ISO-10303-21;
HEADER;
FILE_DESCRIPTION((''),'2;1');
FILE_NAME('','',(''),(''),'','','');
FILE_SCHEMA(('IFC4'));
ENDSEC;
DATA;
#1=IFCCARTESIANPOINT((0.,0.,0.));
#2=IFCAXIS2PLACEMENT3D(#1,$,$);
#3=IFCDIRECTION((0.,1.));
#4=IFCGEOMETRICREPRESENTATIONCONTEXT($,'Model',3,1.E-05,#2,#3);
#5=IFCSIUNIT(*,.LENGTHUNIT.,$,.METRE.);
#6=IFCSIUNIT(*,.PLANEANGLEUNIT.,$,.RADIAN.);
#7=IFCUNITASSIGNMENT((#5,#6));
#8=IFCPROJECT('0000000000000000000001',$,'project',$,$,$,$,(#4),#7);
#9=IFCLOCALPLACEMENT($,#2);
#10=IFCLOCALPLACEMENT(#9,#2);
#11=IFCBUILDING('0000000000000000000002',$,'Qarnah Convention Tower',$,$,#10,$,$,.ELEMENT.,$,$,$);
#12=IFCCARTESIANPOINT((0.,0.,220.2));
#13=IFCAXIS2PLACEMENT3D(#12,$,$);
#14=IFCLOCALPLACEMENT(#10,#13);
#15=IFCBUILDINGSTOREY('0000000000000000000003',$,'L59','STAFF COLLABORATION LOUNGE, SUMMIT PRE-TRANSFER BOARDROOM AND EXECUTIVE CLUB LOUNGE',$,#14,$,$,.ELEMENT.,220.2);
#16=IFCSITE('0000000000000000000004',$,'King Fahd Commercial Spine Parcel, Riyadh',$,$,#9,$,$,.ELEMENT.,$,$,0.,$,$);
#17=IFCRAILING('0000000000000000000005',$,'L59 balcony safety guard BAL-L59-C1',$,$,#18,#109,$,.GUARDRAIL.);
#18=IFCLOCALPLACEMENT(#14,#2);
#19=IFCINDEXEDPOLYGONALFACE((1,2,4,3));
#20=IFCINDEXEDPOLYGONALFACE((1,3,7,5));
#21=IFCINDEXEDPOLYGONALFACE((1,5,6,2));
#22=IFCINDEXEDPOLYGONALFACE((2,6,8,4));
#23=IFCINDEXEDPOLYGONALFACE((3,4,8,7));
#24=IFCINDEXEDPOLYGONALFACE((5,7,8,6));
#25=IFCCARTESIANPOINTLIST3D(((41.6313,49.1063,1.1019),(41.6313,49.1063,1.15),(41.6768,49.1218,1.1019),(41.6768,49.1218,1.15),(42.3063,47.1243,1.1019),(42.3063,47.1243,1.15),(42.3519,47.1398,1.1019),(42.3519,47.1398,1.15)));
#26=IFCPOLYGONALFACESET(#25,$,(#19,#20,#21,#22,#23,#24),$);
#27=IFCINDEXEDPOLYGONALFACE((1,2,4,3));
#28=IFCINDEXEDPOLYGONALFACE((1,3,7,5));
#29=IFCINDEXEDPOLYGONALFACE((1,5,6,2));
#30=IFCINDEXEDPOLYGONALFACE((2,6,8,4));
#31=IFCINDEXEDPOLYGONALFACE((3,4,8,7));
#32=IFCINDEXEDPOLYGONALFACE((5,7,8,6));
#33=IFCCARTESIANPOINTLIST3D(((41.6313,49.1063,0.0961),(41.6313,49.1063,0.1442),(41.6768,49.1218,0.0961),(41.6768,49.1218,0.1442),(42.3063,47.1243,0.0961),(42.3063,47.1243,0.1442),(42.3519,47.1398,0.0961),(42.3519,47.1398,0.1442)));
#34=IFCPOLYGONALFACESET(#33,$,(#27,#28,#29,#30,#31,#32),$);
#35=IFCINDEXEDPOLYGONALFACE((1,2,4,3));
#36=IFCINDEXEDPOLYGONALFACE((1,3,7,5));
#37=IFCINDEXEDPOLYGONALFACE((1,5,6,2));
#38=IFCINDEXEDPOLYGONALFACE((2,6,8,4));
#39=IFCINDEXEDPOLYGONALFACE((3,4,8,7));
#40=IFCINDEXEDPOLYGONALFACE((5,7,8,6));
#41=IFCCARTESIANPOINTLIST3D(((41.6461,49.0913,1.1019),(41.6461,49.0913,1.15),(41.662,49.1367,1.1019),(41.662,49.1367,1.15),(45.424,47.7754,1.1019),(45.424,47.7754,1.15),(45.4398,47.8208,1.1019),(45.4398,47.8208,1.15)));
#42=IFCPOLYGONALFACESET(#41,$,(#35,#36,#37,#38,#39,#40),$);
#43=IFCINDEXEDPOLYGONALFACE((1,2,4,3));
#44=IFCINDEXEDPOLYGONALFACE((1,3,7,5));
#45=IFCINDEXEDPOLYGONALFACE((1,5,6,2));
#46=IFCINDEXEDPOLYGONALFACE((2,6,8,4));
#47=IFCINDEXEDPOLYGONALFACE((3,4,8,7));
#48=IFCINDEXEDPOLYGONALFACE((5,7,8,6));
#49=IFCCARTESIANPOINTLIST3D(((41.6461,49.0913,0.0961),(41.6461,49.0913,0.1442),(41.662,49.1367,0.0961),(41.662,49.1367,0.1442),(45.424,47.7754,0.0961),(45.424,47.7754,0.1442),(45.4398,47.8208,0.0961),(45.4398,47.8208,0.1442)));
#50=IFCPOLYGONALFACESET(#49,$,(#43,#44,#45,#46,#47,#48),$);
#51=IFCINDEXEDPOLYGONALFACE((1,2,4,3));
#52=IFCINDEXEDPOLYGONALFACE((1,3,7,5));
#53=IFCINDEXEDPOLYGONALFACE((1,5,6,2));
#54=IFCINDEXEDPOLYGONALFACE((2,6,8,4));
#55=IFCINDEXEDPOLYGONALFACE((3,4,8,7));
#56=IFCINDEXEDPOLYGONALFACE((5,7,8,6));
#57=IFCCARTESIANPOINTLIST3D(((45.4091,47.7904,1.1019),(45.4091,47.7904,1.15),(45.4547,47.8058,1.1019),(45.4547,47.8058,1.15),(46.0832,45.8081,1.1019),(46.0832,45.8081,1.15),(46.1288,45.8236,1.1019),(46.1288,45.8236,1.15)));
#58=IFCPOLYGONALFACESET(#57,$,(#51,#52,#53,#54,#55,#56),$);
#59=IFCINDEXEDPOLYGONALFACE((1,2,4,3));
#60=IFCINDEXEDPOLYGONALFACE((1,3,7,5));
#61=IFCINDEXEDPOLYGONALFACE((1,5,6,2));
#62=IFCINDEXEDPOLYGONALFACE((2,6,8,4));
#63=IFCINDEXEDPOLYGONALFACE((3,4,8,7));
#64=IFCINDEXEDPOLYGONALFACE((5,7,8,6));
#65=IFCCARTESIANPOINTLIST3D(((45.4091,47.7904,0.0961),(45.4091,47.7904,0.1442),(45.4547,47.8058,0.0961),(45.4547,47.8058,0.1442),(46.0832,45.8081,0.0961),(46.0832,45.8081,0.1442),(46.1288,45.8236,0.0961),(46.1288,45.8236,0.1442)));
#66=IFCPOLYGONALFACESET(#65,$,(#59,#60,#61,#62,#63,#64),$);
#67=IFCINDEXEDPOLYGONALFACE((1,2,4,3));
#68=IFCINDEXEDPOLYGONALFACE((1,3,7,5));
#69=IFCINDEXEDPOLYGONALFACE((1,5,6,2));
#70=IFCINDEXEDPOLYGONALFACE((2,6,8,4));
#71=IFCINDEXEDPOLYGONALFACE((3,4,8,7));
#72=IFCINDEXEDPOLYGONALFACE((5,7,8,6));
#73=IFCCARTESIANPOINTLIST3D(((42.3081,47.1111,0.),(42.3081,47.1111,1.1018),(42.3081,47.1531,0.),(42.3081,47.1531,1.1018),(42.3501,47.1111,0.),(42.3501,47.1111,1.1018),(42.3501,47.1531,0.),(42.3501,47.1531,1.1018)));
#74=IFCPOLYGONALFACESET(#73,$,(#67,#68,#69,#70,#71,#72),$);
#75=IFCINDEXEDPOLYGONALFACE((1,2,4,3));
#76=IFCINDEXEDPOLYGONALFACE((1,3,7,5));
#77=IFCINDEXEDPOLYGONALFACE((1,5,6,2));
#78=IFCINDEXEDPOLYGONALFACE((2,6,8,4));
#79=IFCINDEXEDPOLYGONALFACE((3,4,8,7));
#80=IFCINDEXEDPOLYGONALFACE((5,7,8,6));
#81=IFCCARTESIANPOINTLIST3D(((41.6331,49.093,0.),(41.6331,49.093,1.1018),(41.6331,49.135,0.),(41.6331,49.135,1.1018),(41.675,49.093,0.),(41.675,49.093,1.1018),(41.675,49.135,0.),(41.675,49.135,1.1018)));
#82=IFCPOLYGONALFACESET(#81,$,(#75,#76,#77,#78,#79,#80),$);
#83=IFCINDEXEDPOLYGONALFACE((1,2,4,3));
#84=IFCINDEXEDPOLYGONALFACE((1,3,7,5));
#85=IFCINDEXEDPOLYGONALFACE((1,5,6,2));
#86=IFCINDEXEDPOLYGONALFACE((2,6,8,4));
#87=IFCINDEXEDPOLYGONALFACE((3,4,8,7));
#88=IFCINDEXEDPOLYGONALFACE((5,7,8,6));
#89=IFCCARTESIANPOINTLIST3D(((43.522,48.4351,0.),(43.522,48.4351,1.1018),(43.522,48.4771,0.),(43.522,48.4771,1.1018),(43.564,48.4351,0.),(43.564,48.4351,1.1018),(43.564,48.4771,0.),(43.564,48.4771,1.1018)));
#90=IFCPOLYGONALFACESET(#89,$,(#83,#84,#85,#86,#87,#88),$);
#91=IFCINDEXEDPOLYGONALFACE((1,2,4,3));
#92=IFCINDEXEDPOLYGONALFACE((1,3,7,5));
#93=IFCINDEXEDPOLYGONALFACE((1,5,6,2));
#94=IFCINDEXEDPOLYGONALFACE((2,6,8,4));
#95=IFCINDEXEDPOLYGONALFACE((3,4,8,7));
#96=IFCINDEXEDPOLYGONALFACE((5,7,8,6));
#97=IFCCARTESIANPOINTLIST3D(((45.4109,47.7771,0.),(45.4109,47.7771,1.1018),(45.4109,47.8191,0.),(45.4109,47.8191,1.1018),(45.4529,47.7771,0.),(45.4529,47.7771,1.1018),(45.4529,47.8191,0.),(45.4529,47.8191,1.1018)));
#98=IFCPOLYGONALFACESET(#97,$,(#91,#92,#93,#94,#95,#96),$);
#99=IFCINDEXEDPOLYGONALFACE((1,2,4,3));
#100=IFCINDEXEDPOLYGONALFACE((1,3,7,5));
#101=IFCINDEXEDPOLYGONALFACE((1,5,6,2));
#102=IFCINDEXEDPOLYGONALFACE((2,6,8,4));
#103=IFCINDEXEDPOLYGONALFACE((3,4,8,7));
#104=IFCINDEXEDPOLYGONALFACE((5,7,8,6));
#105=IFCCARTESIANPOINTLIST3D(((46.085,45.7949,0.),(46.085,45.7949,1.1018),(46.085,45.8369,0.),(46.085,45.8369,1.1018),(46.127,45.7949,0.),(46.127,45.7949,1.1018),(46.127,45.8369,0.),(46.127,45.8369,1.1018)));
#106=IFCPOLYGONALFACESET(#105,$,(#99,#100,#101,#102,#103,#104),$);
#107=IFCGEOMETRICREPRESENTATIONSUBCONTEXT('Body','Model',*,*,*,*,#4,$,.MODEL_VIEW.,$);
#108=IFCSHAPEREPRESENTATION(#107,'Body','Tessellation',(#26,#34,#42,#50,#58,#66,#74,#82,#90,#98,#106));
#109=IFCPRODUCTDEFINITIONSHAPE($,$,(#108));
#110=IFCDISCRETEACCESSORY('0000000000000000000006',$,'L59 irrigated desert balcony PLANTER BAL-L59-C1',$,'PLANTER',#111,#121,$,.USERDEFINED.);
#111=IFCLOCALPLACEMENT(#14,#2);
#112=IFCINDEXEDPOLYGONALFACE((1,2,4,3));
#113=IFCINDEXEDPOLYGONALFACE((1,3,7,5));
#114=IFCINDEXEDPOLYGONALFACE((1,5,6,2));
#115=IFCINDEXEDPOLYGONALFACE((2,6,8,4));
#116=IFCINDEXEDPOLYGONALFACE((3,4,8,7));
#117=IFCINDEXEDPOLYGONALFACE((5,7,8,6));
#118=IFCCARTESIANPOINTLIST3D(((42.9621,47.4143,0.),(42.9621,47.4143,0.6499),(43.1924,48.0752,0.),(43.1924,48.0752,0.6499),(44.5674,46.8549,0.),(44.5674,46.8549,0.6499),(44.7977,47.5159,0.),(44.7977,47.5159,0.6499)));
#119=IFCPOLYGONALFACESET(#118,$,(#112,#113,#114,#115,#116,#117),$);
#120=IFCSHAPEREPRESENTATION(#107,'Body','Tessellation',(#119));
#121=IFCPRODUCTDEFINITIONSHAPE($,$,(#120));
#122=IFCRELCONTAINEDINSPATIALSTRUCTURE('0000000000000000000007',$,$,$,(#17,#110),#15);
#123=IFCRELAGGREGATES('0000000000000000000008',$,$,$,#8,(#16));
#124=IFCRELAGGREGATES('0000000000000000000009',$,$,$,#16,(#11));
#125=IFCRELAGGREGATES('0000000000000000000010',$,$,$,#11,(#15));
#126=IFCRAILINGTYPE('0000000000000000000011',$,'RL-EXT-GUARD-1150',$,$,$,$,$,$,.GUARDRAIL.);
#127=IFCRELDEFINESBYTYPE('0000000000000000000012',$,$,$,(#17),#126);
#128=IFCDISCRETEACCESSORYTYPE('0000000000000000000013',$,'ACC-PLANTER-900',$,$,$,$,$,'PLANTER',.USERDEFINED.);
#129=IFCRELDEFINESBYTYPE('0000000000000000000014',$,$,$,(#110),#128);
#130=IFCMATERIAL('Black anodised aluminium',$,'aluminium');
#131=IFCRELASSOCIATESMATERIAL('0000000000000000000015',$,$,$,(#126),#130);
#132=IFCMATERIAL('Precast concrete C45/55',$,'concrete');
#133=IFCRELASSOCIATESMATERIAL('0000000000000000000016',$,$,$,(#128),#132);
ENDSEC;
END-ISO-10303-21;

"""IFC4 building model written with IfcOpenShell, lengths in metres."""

from ifc_helpers import new_model, si_unit, direction, frame, origin, origin_2d, place, context, subcontext, project, spatial, rectangle, extrude, material, type_object, element, save


model = new_model("IFC4")

# Units and contexts
model_context = context("Model", 3, precision=1e-05, world=origin(), true_north=direction((0.0, 1.0)))
body_context = subcontext(model_context, "Body", "Model", "MODEL_VIEW")
ifc_project = project(units=[si_unit("LENGTHUNIT", "METRE"), si_unit("PLANEANGLEUNIT", "RADIAN")], contexts=[model_context])

# Site, building, storey
site_placement = place(None, origin())
site = spatial("IfcSite", under=ifc_project, at=site_placement, Name="King Fahd Commercial Spine Parcel, Riyadh", CompositionType="ELEMENT", RefElevation=0.0)
building_placement = place(site_placement, origin())
building = spatial("IfcBuilding", under=site, at=building_placement, Name="Qarnah Convention Tower", CompositionType="ELEMENT")
storey_placement = place(building_placement, frame((0.0, 0.0, 220.2)))
storey = spatial("IfcBuildingStorey", under=building, at=storey_placement, Name="L59", Description="STAFF COLLABORATION LOUNGE, SUMMIT PRE-TRANSFER BOARDROOM AND EXECUTIVE CLUB LOUNGE", CompositionType="ELEMENT", Elevation=220.2)

# Shared definitions
ifc_material_1 = material(Name="Black anodised aluminium", Category="aluminium")

# Shared definitions
ifc_material_2 = material(Name="Precast concrete C45/55", Category="concrete")

# Railing
railing_type = type_object("IfcRailingType", Name="RL-EXT-GUARD-1150", PredefinedType="GUARDRAIL", material=ifc_material_1)
railing_1_placement = place(storey_placement, frame((42.3291, 47.1321, 0.0)))
element("IfcRailing", 1, at=railing_1_placement, inside=storey, type_object=railing_type, Name="L59 balcony safety guard BAL-L59-C1", PredefinedType="GUARDRAIL", context=body_context, shape_type="SweptSolid", body=[
    extrude(rectangle(XDim=0.0481, YDim=0.0481, at=origin_2d()), frame((0.0, 0.0, 1.126), z_axis=(-0.322413, 0.946599, 0.0), x_axis=(-0.946599, -0.322413, 0.0)), (0.0, 0.0, 1.0), 2.0938),
    extrude(rectangle(XDim=0.0481, YDim=0.0481, at=origin_2d()), frame((0.0, 0.0, 0.1201), z_axis=(-0.322413, 0.946599, 0.0), x_axis=(-0.946599, -0.322413, 0.0)), (0.0, 0.0, 1.0), 2.0938),
    extrude(rectangle(XDim=0.0481, YDim=0.0481, at=origin_2d()), frame((-0.675, 1.9819, 1.126), z_axis=(0.94435, -0.328942, 0.0), x_axis=(0.328942, 0.94435, 0.0)), (0.0, 0.0, 1.0), 4.0005),
    extrude(rectangle(XDim=0.0481, YDim=0.0481, at=origin_2d()), frame((-0.675, 1.9819, 0.1201), z_axis=(0.94435, -0.328942, 0.0), x_axis=(0.328942, 0.94435, 0.0)), (0.0, 0.0, 1.0), 4.0005),
    extrude(rectangle(XDim=0.0481, YDim=0.0481, at=origin_2d()), frame((3.1028, 0.666, 1.126), z_axis=(0.321959, -0.946754, 0.0), x_axis=(0.946754, 0.321959, 0.0)), (0.0, 0.0, 1.0), 2.0938),
    extrude(rectangle(XDim=0.0481, YDim=0.0481, at=origin_2d()), frame((3.1028, 0.666, 0.1201), z_axis=(0.321959, -0.946754, 0.0), x_axis=(0.946754, 0.321959, 0.0)), (0.0, 0.0, 1.0), 2.0938),
    extrude(rectangle(XDim=0.042, YDim=0.042, at=origin_2d()), origin(), (0.0, 0.0, 1.0), 1.1018),
    extrude(rectangle(XDim=0.042, YDim=0.042, at=origin_2d()), frame((-0.675, 1.9819, 0.0)), (0.0, 0.0, 1.0), 1.1018),
    extrude(rectangle(XDim=0.042, YDim=0.042, at=origin_2d()), frame((1.2139, 1.324, 0.0)), (0.0, 0.0, 1.0), 1.1018),
    extrude(rectangle(XDim=0.042, YDim=0.042, at=origin_2d()), frame((3.1028, 0.666, 0.0)), (0.0, 0.0, 1.0), 1.1018),
    extrude(rectangle(XDim=0.042, YDim=0.042, at=origin_2d()), frame((3.7769, -1.3162, 0.0)), (0.0, 0.0, 1.0), 1.1018),
])

# Discrete accessory
discrete_accessory_type = type_object("IfcDiscreteAccessoryType", Name="ACC-PLANTER-900", ElementType="PLANTER", PredefinedType="USERDEFINED", material=ifc_material_2)
discrete_accessory_placement = place(storey_placement, frame((43.8799, 47.4651, 0.0), z_axis=(0.0, 0.0, 1.0), x_axis=(-0.944319, 0.329031, 0.0)))
element("IfcDiscreteAccessory", 2, at=discrete_accessory_placement, inside=storey, type_object=discrete_accessory_type, Name="L59 irrigated desert balcony PLANTER BAL-L59-C1", ObjectType="PLANTER", PredefinedType="USERDEFINED", context=body_context, shape_type="SweptSolid", body=[
    extrude(rectangle(XDim=1.7, YDim=0.7, at=origin_2d()), origin(), (0.0, 0.0, 1.0), 0.6499),
])

save(model, "model.ifc")
